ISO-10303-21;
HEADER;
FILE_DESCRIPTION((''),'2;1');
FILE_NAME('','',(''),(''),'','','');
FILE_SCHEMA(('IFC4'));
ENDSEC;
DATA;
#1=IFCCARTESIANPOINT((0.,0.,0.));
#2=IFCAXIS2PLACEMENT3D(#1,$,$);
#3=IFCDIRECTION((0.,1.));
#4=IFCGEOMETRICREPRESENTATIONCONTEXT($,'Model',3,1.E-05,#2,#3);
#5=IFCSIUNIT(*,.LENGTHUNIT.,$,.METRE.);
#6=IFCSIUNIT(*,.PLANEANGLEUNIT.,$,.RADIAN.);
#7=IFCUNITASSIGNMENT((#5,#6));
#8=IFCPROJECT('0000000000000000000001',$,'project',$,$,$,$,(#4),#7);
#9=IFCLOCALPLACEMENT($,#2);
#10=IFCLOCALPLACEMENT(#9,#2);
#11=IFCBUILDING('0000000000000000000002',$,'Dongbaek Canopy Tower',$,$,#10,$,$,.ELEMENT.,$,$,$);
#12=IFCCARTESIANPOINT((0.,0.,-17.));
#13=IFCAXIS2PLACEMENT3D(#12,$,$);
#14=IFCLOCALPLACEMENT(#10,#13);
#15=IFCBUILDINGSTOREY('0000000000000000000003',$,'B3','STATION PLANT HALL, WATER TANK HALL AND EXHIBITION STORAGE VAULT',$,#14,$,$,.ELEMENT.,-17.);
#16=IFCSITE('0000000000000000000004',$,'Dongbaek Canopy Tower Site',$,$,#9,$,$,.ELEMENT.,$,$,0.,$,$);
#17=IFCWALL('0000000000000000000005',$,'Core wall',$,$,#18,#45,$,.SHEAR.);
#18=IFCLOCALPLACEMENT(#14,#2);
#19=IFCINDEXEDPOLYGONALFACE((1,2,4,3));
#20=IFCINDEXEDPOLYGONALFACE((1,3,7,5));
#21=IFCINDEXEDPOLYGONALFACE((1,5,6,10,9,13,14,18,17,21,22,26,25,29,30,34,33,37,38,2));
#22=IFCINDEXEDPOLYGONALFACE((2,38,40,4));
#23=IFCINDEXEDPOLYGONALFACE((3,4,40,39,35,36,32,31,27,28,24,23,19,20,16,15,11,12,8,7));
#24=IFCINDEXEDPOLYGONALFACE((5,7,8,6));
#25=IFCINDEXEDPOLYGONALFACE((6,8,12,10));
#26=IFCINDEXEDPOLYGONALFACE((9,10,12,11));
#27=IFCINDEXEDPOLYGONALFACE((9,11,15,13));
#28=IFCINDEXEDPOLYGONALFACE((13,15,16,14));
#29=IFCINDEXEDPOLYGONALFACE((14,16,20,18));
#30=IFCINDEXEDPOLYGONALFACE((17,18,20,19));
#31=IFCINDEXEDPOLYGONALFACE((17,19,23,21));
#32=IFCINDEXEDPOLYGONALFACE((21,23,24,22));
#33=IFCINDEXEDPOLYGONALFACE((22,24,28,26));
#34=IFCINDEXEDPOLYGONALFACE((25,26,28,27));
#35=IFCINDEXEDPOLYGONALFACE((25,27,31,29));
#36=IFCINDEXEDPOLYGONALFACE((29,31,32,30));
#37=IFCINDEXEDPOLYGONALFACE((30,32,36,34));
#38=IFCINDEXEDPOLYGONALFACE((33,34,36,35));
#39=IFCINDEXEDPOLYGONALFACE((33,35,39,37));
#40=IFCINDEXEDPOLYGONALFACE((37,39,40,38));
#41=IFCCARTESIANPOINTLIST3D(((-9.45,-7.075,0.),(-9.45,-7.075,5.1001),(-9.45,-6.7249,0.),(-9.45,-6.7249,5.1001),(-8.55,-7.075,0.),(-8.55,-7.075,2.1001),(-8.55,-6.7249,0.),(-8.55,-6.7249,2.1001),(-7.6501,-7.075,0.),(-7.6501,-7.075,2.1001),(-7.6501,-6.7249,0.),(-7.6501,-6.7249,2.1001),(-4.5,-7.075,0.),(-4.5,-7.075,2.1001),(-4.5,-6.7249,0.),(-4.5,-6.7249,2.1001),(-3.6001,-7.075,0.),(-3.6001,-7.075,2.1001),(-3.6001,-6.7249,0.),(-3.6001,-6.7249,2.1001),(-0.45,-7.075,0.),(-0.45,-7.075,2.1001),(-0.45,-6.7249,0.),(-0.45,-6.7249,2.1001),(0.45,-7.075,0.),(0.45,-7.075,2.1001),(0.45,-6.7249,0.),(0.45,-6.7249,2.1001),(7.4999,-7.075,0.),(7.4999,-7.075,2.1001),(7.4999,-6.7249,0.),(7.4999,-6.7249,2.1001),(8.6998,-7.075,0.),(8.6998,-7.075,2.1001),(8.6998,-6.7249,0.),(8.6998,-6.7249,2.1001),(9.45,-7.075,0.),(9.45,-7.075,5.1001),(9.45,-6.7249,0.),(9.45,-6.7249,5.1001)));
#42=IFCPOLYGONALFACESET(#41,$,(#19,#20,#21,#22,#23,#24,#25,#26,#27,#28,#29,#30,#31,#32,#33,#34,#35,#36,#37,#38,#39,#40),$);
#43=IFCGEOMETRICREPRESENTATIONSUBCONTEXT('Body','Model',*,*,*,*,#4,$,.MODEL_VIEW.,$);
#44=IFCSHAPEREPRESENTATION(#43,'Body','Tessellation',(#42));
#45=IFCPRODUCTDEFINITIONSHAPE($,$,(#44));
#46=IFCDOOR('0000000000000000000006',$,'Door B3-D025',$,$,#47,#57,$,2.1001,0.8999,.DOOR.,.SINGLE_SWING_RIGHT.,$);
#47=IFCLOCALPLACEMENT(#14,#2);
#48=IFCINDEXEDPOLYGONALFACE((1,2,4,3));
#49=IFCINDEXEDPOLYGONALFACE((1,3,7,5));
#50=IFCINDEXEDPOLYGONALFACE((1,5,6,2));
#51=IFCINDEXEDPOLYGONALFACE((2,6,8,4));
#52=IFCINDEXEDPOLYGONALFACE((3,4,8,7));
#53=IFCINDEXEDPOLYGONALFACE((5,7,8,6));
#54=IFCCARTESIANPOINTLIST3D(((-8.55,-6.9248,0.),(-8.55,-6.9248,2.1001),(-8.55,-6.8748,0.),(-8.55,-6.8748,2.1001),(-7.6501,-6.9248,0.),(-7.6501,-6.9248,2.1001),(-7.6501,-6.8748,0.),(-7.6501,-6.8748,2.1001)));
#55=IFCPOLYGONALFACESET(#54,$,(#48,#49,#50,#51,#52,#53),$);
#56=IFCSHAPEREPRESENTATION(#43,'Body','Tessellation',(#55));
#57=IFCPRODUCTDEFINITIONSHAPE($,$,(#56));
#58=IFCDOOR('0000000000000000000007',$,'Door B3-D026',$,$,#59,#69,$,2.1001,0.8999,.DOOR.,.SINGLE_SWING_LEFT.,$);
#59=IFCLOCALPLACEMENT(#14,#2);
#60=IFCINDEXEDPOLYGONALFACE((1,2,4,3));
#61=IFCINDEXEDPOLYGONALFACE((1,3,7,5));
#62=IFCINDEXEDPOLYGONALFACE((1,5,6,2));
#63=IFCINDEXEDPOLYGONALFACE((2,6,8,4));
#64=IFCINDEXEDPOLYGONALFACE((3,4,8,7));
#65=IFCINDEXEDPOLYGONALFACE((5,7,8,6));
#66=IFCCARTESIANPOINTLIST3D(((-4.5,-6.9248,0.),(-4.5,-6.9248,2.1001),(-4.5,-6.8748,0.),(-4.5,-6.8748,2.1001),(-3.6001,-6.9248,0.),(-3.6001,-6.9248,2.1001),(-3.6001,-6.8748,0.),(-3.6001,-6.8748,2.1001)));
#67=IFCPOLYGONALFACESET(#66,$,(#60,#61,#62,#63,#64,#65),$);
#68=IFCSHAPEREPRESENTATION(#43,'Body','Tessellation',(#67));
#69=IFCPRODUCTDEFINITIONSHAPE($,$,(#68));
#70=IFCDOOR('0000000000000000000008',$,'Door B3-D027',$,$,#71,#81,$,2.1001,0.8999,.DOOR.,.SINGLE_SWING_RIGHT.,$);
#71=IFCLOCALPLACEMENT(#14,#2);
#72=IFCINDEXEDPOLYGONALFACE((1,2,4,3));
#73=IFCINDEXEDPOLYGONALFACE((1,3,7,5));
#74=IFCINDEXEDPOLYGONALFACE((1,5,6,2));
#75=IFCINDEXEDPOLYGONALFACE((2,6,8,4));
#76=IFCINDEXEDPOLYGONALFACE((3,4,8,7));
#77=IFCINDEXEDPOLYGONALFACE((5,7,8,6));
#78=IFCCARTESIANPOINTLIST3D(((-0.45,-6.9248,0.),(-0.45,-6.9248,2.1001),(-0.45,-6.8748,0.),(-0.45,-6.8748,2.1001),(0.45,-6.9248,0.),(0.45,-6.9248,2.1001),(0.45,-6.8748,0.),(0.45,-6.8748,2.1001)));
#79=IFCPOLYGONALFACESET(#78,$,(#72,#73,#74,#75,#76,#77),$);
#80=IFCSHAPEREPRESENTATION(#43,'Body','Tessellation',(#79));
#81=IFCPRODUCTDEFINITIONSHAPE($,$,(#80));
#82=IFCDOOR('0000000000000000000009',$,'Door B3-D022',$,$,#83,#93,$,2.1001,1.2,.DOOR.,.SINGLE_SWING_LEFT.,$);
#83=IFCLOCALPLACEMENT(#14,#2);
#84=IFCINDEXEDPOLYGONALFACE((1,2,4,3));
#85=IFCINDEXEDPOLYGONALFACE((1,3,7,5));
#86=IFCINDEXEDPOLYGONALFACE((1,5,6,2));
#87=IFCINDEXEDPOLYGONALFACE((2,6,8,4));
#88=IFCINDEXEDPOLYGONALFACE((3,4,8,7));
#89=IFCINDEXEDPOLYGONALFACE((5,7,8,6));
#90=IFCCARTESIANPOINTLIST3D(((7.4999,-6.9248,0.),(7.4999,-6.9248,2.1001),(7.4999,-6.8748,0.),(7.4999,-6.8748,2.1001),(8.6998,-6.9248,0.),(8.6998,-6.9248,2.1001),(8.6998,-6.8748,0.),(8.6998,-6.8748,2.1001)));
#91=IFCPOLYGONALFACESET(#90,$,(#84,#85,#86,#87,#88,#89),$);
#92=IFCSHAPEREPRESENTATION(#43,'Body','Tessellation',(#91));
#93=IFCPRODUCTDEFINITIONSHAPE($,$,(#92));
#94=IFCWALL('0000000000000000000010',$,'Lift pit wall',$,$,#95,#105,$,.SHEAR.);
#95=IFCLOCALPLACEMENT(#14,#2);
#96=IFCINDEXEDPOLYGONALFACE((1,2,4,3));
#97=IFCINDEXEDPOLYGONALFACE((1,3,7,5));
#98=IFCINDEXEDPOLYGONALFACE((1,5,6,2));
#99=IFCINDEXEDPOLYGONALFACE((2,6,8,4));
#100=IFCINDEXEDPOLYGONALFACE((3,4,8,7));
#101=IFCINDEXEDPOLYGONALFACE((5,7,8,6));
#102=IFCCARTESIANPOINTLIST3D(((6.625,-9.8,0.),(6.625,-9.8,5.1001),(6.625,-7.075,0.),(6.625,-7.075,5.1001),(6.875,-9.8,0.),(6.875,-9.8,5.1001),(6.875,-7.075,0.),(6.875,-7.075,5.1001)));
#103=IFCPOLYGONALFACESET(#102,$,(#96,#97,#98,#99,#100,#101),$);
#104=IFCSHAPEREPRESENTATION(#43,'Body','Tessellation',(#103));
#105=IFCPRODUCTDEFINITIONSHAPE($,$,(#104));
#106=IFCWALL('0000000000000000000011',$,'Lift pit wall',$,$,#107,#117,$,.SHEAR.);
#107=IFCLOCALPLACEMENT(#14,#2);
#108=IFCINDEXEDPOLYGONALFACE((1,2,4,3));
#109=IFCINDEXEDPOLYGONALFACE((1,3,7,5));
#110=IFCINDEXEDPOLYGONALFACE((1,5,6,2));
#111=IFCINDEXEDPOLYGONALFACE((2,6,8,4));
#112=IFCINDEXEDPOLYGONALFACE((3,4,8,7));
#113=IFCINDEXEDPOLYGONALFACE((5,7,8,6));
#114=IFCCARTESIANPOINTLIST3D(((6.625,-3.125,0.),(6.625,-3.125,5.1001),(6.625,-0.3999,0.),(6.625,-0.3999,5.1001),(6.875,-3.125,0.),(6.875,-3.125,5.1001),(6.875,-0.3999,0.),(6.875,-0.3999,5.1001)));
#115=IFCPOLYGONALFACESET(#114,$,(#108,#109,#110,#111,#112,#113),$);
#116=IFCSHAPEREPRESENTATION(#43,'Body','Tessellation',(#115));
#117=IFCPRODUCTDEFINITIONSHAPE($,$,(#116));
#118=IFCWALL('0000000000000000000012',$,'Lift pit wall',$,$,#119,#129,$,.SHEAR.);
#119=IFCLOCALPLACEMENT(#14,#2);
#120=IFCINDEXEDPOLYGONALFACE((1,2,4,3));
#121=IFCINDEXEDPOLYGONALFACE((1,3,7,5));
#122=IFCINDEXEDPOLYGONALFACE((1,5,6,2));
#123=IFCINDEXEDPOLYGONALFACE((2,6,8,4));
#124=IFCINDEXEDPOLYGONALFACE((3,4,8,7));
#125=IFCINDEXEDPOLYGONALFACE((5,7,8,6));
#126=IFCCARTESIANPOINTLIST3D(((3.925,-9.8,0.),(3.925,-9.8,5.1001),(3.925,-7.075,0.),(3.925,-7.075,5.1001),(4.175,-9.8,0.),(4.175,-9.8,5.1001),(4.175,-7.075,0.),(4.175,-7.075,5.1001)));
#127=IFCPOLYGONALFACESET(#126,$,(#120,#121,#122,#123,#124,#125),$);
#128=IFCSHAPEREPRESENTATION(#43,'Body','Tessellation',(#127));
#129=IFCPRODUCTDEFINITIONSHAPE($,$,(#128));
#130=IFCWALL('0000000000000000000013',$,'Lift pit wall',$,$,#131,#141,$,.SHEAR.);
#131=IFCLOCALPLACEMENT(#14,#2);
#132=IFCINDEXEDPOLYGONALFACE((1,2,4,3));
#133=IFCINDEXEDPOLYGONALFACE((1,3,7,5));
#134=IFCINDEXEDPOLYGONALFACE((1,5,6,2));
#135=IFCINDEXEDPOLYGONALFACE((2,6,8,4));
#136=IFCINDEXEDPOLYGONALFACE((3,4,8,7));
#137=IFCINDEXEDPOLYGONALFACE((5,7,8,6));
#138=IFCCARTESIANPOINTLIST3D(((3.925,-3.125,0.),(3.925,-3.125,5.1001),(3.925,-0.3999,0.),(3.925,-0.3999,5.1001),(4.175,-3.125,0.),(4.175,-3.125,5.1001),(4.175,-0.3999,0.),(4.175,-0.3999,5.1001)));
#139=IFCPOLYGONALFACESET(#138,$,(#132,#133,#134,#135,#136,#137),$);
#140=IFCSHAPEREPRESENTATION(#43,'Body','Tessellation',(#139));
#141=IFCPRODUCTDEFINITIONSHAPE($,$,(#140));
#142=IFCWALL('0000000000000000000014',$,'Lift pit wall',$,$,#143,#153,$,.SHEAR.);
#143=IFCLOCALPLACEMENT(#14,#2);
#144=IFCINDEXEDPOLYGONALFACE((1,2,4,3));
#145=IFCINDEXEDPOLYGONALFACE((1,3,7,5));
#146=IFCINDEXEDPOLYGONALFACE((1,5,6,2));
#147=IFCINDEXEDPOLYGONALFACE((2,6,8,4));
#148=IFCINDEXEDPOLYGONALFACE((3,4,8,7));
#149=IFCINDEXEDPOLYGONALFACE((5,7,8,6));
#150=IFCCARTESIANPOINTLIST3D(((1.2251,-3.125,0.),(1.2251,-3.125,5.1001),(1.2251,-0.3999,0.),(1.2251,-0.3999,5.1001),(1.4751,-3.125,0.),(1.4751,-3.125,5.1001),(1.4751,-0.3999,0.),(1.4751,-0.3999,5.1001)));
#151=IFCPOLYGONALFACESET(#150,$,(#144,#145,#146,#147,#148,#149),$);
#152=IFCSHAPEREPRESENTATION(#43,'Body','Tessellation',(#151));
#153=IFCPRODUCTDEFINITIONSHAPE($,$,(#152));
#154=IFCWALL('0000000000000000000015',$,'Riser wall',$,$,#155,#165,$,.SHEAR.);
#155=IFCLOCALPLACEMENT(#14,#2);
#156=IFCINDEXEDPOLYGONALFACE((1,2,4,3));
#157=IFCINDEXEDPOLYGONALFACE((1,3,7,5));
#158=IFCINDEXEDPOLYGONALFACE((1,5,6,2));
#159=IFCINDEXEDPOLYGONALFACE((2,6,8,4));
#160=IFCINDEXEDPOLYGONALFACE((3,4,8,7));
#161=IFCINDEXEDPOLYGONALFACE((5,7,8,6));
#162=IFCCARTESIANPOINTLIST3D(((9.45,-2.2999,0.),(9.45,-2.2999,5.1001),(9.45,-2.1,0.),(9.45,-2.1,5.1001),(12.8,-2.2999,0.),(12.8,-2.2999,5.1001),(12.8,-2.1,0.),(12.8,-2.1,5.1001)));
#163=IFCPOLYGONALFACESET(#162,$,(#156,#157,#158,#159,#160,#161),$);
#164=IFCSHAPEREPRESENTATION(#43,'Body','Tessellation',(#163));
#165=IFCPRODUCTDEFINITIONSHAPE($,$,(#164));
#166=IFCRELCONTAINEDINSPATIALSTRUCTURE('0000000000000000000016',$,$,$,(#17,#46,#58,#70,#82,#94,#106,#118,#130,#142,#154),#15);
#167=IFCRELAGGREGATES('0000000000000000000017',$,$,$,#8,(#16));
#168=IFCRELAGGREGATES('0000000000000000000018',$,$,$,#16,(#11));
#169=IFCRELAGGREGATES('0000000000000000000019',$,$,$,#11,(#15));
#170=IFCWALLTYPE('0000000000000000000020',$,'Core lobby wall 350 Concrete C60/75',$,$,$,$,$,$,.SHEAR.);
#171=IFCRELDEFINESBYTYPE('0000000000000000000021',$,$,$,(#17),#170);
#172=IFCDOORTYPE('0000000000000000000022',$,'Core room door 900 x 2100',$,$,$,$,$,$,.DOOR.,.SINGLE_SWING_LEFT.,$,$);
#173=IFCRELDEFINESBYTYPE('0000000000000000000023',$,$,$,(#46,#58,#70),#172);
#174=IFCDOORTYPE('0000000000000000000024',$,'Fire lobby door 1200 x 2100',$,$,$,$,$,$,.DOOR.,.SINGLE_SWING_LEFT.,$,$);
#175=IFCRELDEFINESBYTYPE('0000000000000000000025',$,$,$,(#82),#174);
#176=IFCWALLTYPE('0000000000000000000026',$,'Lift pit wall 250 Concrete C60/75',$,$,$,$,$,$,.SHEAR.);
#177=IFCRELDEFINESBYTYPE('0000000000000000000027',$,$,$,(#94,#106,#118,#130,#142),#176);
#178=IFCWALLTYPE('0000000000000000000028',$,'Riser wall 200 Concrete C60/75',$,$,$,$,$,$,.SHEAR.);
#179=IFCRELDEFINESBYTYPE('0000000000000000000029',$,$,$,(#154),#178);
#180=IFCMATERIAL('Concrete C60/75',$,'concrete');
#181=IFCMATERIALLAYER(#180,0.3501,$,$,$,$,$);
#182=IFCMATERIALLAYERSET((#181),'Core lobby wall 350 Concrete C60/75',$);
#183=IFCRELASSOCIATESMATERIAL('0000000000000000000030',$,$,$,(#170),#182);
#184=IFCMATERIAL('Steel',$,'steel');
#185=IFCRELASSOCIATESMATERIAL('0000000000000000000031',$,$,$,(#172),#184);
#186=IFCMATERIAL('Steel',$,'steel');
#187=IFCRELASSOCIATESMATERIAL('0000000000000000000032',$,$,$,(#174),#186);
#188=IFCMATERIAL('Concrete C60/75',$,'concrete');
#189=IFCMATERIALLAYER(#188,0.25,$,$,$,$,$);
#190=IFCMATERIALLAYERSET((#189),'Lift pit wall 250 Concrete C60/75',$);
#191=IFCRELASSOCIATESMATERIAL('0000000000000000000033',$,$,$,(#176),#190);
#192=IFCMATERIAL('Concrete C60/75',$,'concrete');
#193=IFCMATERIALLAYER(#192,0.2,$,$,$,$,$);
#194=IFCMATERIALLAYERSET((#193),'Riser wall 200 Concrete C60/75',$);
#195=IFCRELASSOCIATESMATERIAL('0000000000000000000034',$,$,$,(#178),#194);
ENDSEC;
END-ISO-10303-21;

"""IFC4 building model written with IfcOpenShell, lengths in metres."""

from ifc_helpers import new_model, si_unit, direction, frame, frame_2d, origin, place, context, subcontext, project, spatial, rectangle, extrude, material, layer, layer_set, type_object, element, fill, save


model = new_model("IFC4")

# Units and contexts
model_context = context("Model", 3, precision=1e-05, world=origin(), true_north=direction((0.0, 1.0)))
body_context = subcontext(model_context, "Body", "Model", "MODEL_VIEW")
ifc_project = project(units=[si_unit("LENGTHUNIT", "METRE"), si_unit("PLANEANGLEUNIT", "RADIAN")], contexts=[model_context])

# Site, building, storey
site_placement = place(None, origin())
site = spatial("IfcSite", under=ifc_project, at=site_placement, Name="Dongbaek Canopy Tower Site", CompositionType="ELEMENT", RefElevation=0.0)
building_placement = place(site_placement, origin())
building = spatial("IfcBuilding", under=site, at=building_placement, Name="Dongbaek Canopy Tower", CompositionType="ELEMENT")
storey_placement = place(building_placement, frame((0.0, 0.0, -17.0)))
storey = spatial("IfcBuildingStorey", under=building, at=storey_placement, Name="B3", Description="STATION PLANT HALL, WATER TANK HALL AND EXHIBITION STORAGE VAULT", CompositionType="ELEMENT", Elevation=-17.0)

# Wall, openings, doors
ifc_material_1 = material(Name="Concrete C60/75", Category="concrete")
ifc_layer_1 = layer(ifc_material_1, 0.3501)
ifc_layer_set_1 = layer_set([ifc_layer_1], Name="Core lobby wall 350 Concrete C60/75")
wall_type_1 = type_object("IfcWallType", Name="Core lobby wall 350 Concrete C60/75", PredefinedType="SHEAR", material=ifc_layer_set_1)
wall_1_placement = place(storey_placement, frame((9.45, -6.8999, 0.0), z_axis=(0.0, 0.0, 1.0), x_axis=(-1.0, 0.0, 0.0)))
wall_1 = element("IfcWall", 1, at=wall_1_placement, inside=storey, type_object=wall_type_1, Name="Core wall", PredefinedType="SHEAR", context=body_context, shape_type="SweptSolid", body=[
    extrude(rectangle(XDim=18.8999, YDim=0.3501, at=frame_2d((9.45, 0.0))), origin(), (0.0, 0.0, 1.0), 5.1001),
])
opening_1_placement = place(wall_1_placement, frame((0.75, 0.0, 0.0)))
opening_1 = element("IfcOpeningElement", 2, at=opening_1_placement, cuts=wall_1, PredefinedType="OPENING", context=body_context, shape_type="SweptSolid", body=[
    extrude(rectangle(XDim=1.2, YDim=2.1001, at=frame_2d((0.6001, 1.05))), frame((0.0, 0.1851, 0.0), z_axis=(0.0, -1.0, 0.0), x_axis=(1.0, 0.0, 0.0)), (0.0, 0.0, 1.0), 0.3701),
])
opening_2_placement = place(wall_1_placement, frame((17.1001, 0.0, 0.0)))
opening_2 = element("IfcOpeningElement", 3, at=opening_2_placement, cuts=wall_1, PredefinedType="OPENING", context=body_context, shape_type="SweptSolid", body=[
    extrude(rectangle(XDim=0.8999, YDim=2.1001, at=frame_2d((0.45, 1.05))), frame((0.0, 0.1851, 0.0), z_axis=(0.0, -1.0, 0.0), x_axis=(1.0, 0.0, 0.0)), (0.0, 0.0, 1.0), 0.3701),
])
opening_3_placement = place(wall_1_placement, frame((13.05, 0.0, 0.0)))
opening_3 = element("IfcOpeningElement", 4, at=opening_3_placement, cuts=wall_1, PredefinedType="OPENING", context=body_context, shape_type="SweptSolid", body=[
    extrude(rectangle(XDim=0.8999, YDim=2.1001, at=frame_2d((0.45, 1.05))), frame((0.0, 0.1851, 0.0), z_axis=(0.0, -1.0, 0.0), x_axis=(1.0, 0.0, 0.0)), (0.0, 0.0, 1.0), 0.3701),
])
opening_4_placement = place(wall_1_placement, frame((9.0, 0.0, 0.0)))
opening_4 = element("IfcOpeningElement", 5, at=opening_4_placement, cuts=wall_1, PredefinedType="OPENING", context=body_context, shape_type="SweptSolid", body=[
    extrude(rectangle(XDim=0.8999, YDim=2.1001, at=frame_2d((0.45, 1.05))), frame((0.0, 0.1851, 0.0), z_axis=(0.0, -1.0, 0.0), x_axis=(1.0, 0.0, 0.0)), (0.0, 0.0, 1.0), 0.3701),
])
ifc_material_2 = material(Name="Steel", Category="steel")
door_type_1 = type_object("IfcDoorType", Name="Core room door 900 x 2100", OperationType="SINGLE_SWING_LEFT", PredefinedType="DOOR", material=ifc_material_2)
door_1_placement = place(opening_2_placement, origin())
door_1 = element("IfcDoor", 6, at=door_1_placement, inside=storey, type_object=door_type_1, Name="Door B3-D025", OperationType="SINGLE_SWING_RIGHT", OverallHeight=2.1001, OverallWidth=0.8999, PredefinedType="DOOR", context=body_context, shape_type="SweptSolid", body=[
    extrude(rectangle(XDim=0.8999, YDim=2.1001, at=frame_2d((0.45, 1.05))), frame((0.0, 0.0249, 0.0), z_axis=(0.0, -1.0, 0.0), x_axis=(1.0, 0.0, 0.0)), (0.0, 0.0, 1.0), 0.05),
])
fill(opening_2, door_1)
door_2_placement = place(opening_3_placement, origin())
door_2 = element("IfcDoor", 7, at=door_2_placement, inside=storey, type_object=door_type_1, Name="Door B3-D026", OperationType="SINGLE_SWING_LEFT", OverallHeight=2.1001, OverallWidth=0.8999, PredefinedType="DOOR", context=body_context, shape_type="SweptSolid", body=[
    extrude(rectangle(XDim=0.8999, YDim=2.1001, at=frame_2d((0.45, 1.05))), frame((0.0, 0.0249, 0.0), z_axis=(0.0, -1.0, 0.0), x_axis=(1.0, 0.0, 0.0)), (0.0, 0.0, 1.0), 0.05),
])
fill(opening_3, door_2)
door_3_placement = place(opening_4_placement, origin())
door_3 = element("IfcDoor", 8, at=door_3_placement, inside=storey, type_object=door_type_1, Name="Door B3-D027", OperationType="SINGLE_SWING_RIGHT", OverallHeight=2.1001, OverallWidth=0.8999, PredefinedType="DOOR", context=body_context, shape_type="SweptSolid", body=[
    extrude(rectangle(XDim=0.8999, YDim=2.1001, at=frame_2d((0.45, 1.05))), frame((0.0, 0.0249, 0.0), z_axis=(0.0, -1.0, 0.0), x_axis=(1.0, 0.0, 0.0)), (0.0, 0.0, 1.0), 0.05),
])
fill(opening_4, door_3)
ifc_material_3 = material(Name="Steel", Category="steel")
door_type_2 = type_object("IfcDoorType", Name="Fire lobby door 1200 x 2100", OperationType="SINGLE_SWING_LEFT", PredefinedType="DOOR", material=ifc_material_3)
door_4_placement = place(opening_1_placement, origin())
door_4 = element("IfcDoor", 9, at=door_4_placement, inside=storey, type_object=door_type_2, Name="Door B3-D022", OperationType="SINGLE_SWING_LEFT", OverallHeight=2.1001, OverallWidth=1.2, PredefinedType="DOOR", context=body_context, shape_type="SweptSolid", body=[
    extrude(rectangle(XDim=1.2, YDim=2.1001, at=frame_2d((0.6001, 1.05))), frame((0.0, 0.0249, 0.0), z_axis=(0.0, -1.0, 0.0), x_axis=(1.0, 0.0, 0.0)), (0.0, 0.0, 1.0), 0.05),
])
fill(opening_1, door_4)

# Walls
ifc_material_4 = material(Name="Concrete C60/75", Category="concrete")
ifc_layer_2 = layer(ifc_material_4, 0.25)
ifc_layer_set_2 = layer_set([ifc_layer_2], Name="Lift pit wall 250 Concrete C60/75")
wall_type_2 = type_object("IfcWallType", Name="Lift pit wall 250 Concrete C60/75", PredefinedType="SHEAR", material=ifc_layer_set_2)
for number, where, z_axis, x_axis, name in (
    (10, (6.75, -9.8, 0.0), (0.0, 0.0, 1.0), (0.0, 1.0, 0.0), "Lift pit wall"),
    (11, (6.75, -3.125, 0.0), (0.0, 0.0, 1.0), (0.0, 1.0, 0.0), "Lift pit wall"),
    (12, (4.05, -9.8, 0.0), (0.0, 0.0, 1.0), (0.0, 1.0, 0.0), "Lift pit wall"),
    (13, (4.05, -3.125, 0.0), (0.0, 0.0, 1.0), (0.0, 1.0, 0.0), "Lift pit wall"),
    (14, (1.3501, -3.125, 0.0), (0.0, 0.0, 1.0), (0.0, 1.0, 0.0), "Lift pit wall"),
):
    element("IfcWall", number, at=place(storey_placement, frame(where, z_axis=z_axis, x_axis=x_axis)), inside=storey, type_object=wall_type_2, Name=name, PredefinedType="SHEAR", context=body_context, shape_type="SweptSolid", body=[
        extrude(rectangle(XDim=2.7251, YDim=0.25, at=frame_2d((1.3625, 0.0))), origin(), (0.0, 0.0, 1.0), 5.1001),
    ])
ifc_material_5 = material(Name="Concrete C60/75", Category="concrete")
ifc_layer_3 = layer(ifc_material_5, 0.2)
ifc_layer_set_3 = layer_set([ifc_layer_3], Name="Riser wall 200 Concrete C60/75")
wall_type_3 = type_object("IfcWallType", Name="Riser wall 200 Concrete C60/75", PredefinedType="SHEAR", material=ifc_layer_set_3)
wall_2_placement = place(storey_placement, frame((9.45, -2.2, 0.0), z_axis=(0.0, 0.0, 1.0), x_axis=(1.0, 0.0, 0.0)))
element("IfcWall", 15, at=wall_2_placement, inside=storey, type_object=wall_type_3, Name="Riser wall", PredefinedType="SHEAR", context=body_context, shape_type="SweptSolid", body=[
    extrude(rectangle(XDim=3.3501, YDim=0.2, at=frame_2d((1.675, 0.0))), origin(), (0.0, 0.0, 1.0), 5.1001),
])

save(model, "model.ifc")
